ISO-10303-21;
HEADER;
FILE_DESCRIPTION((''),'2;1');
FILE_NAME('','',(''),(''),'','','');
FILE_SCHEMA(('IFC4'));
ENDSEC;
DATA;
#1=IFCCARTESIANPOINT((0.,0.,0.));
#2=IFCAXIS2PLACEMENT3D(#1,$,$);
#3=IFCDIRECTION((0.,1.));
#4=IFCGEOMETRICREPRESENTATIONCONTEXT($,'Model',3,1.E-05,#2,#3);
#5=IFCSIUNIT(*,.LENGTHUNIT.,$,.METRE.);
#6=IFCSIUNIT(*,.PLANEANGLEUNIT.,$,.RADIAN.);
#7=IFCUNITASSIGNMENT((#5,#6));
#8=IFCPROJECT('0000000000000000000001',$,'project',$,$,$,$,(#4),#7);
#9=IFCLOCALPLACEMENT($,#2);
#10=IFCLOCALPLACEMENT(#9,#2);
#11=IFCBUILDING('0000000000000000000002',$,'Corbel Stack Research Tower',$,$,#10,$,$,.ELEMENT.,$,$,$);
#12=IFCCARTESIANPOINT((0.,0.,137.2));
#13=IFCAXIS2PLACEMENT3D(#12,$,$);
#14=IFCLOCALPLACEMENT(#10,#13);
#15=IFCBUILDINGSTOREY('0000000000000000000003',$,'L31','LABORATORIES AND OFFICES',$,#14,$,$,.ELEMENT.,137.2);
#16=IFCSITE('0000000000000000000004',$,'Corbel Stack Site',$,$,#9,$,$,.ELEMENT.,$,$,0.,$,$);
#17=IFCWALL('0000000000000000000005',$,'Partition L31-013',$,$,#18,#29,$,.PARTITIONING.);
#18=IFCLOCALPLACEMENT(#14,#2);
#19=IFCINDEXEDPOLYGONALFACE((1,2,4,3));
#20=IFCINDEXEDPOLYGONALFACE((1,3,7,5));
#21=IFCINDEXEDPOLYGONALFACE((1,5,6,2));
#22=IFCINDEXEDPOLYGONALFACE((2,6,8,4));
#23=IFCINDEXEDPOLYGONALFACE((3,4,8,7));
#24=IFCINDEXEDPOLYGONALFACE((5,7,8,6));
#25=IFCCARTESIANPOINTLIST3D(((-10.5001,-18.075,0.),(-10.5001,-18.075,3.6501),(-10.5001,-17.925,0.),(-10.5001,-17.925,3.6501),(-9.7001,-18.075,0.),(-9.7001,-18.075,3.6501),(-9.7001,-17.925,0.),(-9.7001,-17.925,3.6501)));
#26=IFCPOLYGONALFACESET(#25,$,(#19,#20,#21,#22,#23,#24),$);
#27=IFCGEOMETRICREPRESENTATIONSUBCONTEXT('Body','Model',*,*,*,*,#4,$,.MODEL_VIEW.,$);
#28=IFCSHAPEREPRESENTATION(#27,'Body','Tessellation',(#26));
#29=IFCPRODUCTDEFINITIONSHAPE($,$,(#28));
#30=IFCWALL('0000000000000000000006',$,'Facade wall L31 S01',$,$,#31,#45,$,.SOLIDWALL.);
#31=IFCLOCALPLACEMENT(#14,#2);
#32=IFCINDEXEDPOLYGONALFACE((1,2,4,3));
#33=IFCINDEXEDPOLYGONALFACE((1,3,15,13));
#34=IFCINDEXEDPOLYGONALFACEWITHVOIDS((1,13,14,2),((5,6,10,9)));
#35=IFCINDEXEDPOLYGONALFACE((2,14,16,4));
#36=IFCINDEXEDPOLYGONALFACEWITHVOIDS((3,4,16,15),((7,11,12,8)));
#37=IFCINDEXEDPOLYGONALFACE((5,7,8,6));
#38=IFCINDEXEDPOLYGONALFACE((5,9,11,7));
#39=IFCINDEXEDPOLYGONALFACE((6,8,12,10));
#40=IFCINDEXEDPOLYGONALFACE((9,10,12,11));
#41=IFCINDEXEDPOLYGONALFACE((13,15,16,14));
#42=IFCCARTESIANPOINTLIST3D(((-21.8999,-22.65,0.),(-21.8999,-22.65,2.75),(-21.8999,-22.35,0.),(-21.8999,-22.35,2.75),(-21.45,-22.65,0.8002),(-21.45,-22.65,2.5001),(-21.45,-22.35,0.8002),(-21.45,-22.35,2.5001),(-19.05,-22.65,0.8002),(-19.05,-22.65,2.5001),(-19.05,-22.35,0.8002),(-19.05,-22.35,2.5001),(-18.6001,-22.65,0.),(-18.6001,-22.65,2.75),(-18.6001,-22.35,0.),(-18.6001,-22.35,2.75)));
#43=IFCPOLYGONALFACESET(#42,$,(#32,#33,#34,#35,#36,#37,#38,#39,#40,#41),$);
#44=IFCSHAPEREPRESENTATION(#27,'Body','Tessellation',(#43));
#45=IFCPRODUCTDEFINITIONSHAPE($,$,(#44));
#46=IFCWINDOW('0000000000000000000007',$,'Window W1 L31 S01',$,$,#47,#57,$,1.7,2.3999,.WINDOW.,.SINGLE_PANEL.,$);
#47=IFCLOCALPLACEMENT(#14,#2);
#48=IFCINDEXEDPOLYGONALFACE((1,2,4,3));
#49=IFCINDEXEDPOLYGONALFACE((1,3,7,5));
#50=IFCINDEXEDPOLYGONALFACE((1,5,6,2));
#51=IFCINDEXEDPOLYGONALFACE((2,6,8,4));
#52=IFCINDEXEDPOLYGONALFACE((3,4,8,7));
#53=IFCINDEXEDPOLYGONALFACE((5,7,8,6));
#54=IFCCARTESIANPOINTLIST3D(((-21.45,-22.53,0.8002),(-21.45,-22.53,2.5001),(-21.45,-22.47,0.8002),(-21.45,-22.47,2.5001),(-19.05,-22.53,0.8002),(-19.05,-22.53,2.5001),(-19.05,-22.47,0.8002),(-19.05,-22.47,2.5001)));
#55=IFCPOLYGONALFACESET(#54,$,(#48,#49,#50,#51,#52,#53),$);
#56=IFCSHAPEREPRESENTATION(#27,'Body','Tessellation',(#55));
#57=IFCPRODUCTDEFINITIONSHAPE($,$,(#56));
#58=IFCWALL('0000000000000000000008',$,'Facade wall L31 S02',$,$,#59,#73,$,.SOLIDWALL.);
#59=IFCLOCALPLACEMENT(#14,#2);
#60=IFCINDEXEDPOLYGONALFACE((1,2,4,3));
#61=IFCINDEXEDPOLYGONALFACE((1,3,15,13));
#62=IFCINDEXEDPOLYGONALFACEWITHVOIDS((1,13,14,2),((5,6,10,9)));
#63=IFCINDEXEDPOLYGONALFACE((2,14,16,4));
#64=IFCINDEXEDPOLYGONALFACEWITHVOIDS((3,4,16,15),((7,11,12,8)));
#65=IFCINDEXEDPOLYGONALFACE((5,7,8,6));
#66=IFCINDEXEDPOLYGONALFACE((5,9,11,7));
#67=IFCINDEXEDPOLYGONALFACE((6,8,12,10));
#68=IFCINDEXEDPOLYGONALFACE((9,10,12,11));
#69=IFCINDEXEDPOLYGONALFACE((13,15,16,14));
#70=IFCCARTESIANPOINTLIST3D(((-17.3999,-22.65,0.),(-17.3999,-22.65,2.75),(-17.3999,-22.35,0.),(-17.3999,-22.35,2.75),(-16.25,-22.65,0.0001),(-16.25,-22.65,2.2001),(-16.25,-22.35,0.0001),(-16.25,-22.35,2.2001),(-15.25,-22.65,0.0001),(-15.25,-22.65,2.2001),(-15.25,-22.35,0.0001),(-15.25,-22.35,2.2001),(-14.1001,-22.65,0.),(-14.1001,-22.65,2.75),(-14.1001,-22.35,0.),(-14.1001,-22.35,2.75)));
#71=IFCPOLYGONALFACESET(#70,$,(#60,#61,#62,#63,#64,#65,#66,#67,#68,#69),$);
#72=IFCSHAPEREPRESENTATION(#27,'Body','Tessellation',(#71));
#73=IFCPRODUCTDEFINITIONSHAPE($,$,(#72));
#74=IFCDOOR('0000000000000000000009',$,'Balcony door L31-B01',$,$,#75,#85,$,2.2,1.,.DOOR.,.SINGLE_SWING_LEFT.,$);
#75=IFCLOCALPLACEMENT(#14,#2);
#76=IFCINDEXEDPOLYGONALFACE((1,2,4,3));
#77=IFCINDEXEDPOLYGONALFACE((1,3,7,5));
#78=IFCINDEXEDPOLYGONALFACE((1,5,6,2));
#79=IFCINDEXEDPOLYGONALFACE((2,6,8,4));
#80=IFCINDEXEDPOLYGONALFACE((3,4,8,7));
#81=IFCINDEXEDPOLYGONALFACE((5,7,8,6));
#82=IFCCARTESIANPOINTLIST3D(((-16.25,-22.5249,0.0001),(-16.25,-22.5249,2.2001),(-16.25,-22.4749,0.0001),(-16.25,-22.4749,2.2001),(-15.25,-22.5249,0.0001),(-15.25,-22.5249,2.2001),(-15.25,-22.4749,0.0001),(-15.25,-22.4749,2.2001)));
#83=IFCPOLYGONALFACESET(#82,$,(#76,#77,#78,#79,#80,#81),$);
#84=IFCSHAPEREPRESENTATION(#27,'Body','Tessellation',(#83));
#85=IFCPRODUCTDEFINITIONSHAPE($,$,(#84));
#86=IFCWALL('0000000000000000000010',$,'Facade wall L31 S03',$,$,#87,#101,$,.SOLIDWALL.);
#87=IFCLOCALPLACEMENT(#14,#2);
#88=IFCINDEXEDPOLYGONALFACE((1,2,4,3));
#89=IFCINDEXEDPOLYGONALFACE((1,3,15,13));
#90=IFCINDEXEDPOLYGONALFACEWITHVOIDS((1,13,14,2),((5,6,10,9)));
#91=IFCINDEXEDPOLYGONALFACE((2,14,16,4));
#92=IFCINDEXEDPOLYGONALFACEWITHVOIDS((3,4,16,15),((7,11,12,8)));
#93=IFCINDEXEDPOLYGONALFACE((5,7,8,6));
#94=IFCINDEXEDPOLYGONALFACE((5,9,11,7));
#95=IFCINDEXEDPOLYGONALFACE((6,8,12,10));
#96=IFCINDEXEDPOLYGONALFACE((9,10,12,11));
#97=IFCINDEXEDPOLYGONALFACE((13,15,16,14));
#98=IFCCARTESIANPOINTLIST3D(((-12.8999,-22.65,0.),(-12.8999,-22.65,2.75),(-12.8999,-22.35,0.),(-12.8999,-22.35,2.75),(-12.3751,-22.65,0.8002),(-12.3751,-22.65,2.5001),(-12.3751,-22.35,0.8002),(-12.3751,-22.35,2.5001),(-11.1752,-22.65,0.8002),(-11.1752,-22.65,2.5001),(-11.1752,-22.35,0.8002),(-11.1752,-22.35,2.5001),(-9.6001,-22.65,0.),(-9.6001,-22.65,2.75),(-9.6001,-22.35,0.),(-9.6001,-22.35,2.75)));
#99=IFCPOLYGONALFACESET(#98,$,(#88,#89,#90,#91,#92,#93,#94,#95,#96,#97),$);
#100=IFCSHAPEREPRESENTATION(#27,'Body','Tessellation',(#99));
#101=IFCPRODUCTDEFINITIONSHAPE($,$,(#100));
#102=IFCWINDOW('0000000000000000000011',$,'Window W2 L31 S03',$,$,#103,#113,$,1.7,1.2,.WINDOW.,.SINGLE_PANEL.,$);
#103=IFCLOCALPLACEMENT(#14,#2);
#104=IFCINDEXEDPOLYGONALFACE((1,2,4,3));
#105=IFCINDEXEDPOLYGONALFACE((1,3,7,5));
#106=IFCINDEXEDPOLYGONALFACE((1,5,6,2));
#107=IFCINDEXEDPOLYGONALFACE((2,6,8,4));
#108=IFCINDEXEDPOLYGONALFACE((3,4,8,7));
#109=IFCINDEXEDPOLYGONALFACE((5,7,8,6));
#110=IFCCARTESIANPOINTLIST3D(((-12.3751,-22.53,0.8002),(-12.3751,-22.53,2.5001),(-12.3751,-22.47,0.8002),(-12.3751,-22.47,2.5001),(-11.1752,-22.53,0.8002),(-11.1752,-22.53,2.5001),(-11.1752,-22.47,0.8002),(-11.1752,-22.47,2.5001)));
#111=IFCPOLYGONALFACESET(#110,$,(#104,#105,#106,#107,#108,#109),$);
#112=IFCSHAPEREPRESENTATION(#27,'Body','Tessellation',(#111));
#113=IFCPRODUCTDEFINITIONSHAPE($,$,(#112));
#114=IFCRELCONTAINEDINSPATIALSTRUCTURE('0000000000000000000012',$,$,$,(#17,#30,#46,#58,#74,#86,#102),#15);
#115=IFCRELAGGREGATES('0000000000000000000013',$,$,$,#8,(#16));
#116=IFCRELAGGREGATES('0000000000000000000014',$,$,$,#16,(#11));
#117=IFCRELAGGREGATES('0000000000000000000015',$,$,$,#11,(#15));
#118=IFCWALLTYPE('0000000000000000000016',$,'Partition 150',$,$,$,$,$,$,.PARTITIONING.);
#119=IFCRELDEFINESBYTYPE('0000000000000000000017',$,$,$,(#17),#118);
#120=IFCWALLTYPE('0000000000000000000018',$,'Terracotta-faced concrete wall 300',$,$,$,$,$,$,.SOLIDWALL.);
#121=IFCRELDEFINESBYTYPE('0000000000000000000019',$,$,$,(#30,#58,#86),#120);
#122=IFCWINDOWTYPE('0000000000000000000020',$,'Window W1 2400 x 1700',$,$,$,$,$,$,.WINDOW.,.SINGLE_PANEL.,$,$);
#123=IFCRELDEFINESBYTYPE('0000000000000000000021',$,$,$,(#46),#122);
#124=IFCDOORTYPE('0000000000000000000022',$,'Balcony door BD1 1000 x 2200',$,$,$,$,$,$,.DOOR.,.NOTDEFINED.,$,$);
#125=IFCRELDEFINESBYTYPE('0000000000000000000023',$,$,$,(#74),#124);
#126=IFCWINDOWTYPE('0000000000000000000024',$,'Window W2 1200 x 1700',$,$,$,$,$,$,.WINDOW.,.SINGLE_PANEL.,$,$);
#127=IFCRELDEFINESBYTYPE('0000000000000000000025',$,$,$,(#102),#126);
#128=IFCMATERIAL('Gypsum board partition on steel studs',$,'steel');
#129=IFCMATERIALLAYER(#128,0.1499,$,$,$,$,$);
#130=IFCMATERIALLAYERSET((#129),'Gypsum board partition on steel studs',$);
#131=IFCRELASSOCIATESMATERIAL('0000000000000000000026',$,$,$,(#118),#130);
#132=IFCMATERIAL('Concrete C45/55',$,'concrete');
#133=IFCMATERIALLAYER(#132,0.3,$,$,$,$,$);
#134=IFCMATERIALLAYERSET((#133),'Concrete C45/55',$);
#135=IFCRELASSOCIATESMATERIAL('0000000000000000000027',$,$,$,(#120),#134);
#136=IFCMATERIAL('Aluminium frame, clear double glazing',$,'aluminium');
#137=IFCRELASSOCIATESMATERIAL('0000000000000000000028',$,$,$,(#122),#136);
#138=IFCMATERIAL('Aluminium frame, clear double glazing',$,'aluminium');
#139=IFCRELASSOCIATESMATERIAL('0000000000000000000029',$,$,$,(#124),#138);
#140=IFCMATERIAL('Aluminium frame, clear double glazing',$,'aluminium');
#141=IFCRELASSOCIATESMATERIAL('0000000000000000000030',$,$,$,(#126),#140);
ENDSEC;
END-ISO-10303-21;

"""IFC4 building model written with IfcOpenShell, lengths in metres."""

from ifc_helpers import new_model, si_unit, direction, frame, frame_2d, origin, place, context, subcontext, project, spatial, rectangle, extrude, material, layer, layer_set, type_object, element, fill, save


model = new_model("IFC4")

# Units and contexts
model_context = context("Model", 3, precision=1e-05, world=origin(), true_north=direction((0.0, 1.0)))
body_context = subcontext(model_context, "Body", "Model", "MODEL_VIEW")
ifc_project = project(units=[si_unit("LENGTHUNIT", "METRE"), si_unit("PLANEANGLEUNIT", "RADIAN")], contexts=[model_context])

# Site, building, storey
site_placement = place(None, origin())
site = spatial("IfcSite", under=ifc_project, at=site_placement, Name="Corbel Stack Site", CompositionType="ELEMENT", RefElevation=0.0)
building_placement = place(site_placement, origin())
building = spatial("IfcBuilding", under=site, at=building_placement, Name="Corbel Stack Research Tower", CompositionType="ELEMENT")
storey_placement = place(building_placement, frame((0.0, 0.0, 137.2)))
storey = spatial("IfcBuildingStorey", under=building, at=storey_placement, Name="L31", Description="LABORATORIES AND OFFICES", CompositionType="ELEMENT", Elevation=137.2)

# Wall
ifc_material_1 = material(Name="Gypsum board partition on steel studs", Category="steel")
ifc_layer_1 = layer(ifc_material_1, 0.1499)
ifc_layer_set_1 = layer_set([ifc_layer_1], Name="Gypsum board partition on steel studs")
wall_type_1 = type_object("IfcWallType", Name="Partition 150", PredefinedType="PARTITIONING", material=ifc_layer_set_1)
wall_1_placement = place(storey_placement, frame((-10.5, -18.0, 0.0), z_axis=(0.0, 0.0, 1.0), x_axis=(1.0, 0.0, 0.0)))
element("IfcWall", 1, at=wall_1_placement, inside=storey, type_object=wall_type_1, Name="Partition L31-013", PredefinedType="PARTITIONING", context=body_context, shape_type="SweptSolid", body=[
    extrude(rectangle(XDim=0.8, YDim=0.1499, at=frame_2d((0.3999, 0.0))), origin(), (0.0, 0.0, 1.0), 3.6501),
])

# Wall, opening, window
ifc_material_2 = material(Name="Concrete C45/55", Category="concrete")
ifc_layer_2 = layer(ifc_material_2, 0.3)
ifc_layer_set_2 = layer_set([ifc_layer_2], Name="Concrete C45/55")
wall_type_2 = type_object("IfcWallType", Name="Terracotta-faced concrete wall 300", PredefinedType="SOLIDWALL", material=ifc_layer_set_2)
wall_2_placement = place(storey_placement, frame((-18.6001, -22.5, 0.0), z_axis=(0.0, 0.0, 1.0), x_axis=(-1.0, 0.0, 0.0)))
wall_2 = element("IfcWall", 2, at=wall_2_placement, inside=storey, type_object=wall_type_2, Name="Facade wall L31 S01", PredefinedType="SOLIDWALL", context=body_context, shape_type="SweptSolid", body=[
    extrude(rectangle(XDim=3.2998, YDim=0.3, at=frame_2d((1.6499, 0.0))), origin(), (0.0, 0.0, 1.0), 2.75),
])
opening_1_placement = place(wall_2_placement, frame((0.45, 0.0, 0.8)))
opening_1 = element("IfcOpeningElement", 3, at=opening_1_placement, cuts=wall_2, PredefinedType="OPENING", context=body_context, shape_type="SweptSolid", body=[
    extrude(rectangle(XDim=2.3999, YDim=1.7, at=frame_2d((1.2, 0.8501))), frame((0.0, 0.1599, 0.0), z_axis=(0.0, -1.0, 0.0), x_axis=(1.0, 0.0, 0.0)), (0.0, 0.0, 1.0), 0.3201),
])
ifc_material_3 = material(Name="Aluminium frame, clear double glazing", Category="aluminium")
window_type_1 = type_object("IfcWindowType", Name="Window W1 2400 x 1700", PartitioningType="SINGLE_PANEL", PredefinedType="WINDOW", material=ifc_material_3)
window_1_placement = place(opening_1_placement, origin())
window_1 = element("IfcWindow", 4, at=window_1_placement, inside=storey, type_object=window_type_1, Name="Window W1 L31 S01", OverallHeight=1.7, OverallWidth=2.3999, PartitioningType="SINGLE_PANEL", PredefinedType="WINDOW", context=body_context, shape_type="SweptSolid", body=[
    extrude(rectangle(XDim=2.3999, YDim=1.7, at=frame_2d((1.2, 0.8501))), frame((0.0, 0.03, 0.0), z_axis=(0.0, -1.0, 0.0), x_axis=(1.0, 0.0, 0.0)), (0.0, 0.0, 1.0), 0.0601),
])
fill(opening_1, window_1)

# Wall, opening, door
wall_3_placement = place(storey_placement, frame((-14.1001, -22.5, 0.0), z_axis=(0.0, 0.0, 1.0), x_axis=(-1.0, 0.0, 0.0)))
wall_3 = element("IfcWall", 5, at=wall_3_placement, inside=storey, type_object=wall_type_2, Name="Facade wall L31 S02", PredefinedType="SOLIDWALL", context=body_context, shape_type="SweptSolid", body=[
    extrude(rectangle(XDim=3.2998, YDim=0.3, at=frame_2d((1.6499, 0.0))), origin(), (0.0, 0.0, 1.0), 2.75),
])
opening_2_placement = place(wall_3_placement, frame((1.1499, 0.0, 0.0)))
opening_2 = element("IfcOpeningElement", 6, at=opening_2_placement, cuts=wall_3, PredefinedType="OPENING", context=body_context, shape_type="SweptSolid", body=[
    extrude(rectangle(XDim=1.0, YDim=2.2, at=frame_2d((0.5, 1.1001))), frame((0.0, 0.1599, 0.0), z_axis=(0.0, -1.0, 0.0), x_axis=(1.0, 0.0, 0.0)), (0.0, 0.0, 1.0), 0.3201),
])
ifc_material_4 = material(Name="Aluminium frame, clear double glazing", Category="aluminium")
door_type_1 = type_object("IfcDoorType", Name="Balcony door BD1 1000 x 2200", OperationType="NOTDEFINED", PredefinedType="DOOR", material=ifc_material_4)
door_1_placement = place(opening_2_placement, origin())
door_1 = element("IfcDoor", 7, at=door_1_placement, inside=storey, type_object=door_type_1, Name="Balcony door L31-B01", OperationType="SINGLE_SWING_LEFT", OverallHeight=2.2, OverallWidth=1.0, PredefinedType="DOOR", context=body_context, shape_type="SweptSolid", body=[
    extrude(rectangle(XDim=1.0, YDim=2.2, at=frame_2d((0.5, 1.1001))), frame((0.0, 0.0249, 0.0), z_axis=(0.0, -1.0, 0.0), x_axis=(1.0, 0.0, 0.0)), (0.0, 0.0, 1.0), 0.05),
])
fill(opening_2, door_1)

# Wall, opening, window
wall_4_placement = place(storey_placement, frame((-9.6001, -22.5, 0.0), z_axis=(0.0, 0.0, 1.0), x_axis=(-1.0, 0.0, 0.0)))
wall_4 = element("IfcWall", 8, at=wall_4_placement, inside=storey, type_object=wall_type_2, Name="Facade wall L31 S03", PredefinedType="SOLIDWALL", context=body_context, shape_type="SweptSolid", body=[
    extrude(rectangle(XDim=3.2998, YDim=0.3, at=frame_2d((1.6499, 0.0))), origin(), (0.0, 0.0, 1.0), 2.75),
])
opening_3_placement = place(wall_4_placement, frame((1.575, 0.0, 0.8)))
opening_3 = element("IfcOpeningElement", 9, at=opening_3_placement, cuts=wall_4, PredefinedType="OPENING", context=body_context, shape_type="SweptSolid", body=[
    extrude(rectangle(XDim=1.2, YDim=1.7, at=frame_2d((0.6001, 0.8501))), frame((0.0, 0.1599, 0.0), z_axis=(0.0, -1.0, 0.0), x_axis=(1.0, 0.0, 0.0)), (0.0, 0.0, 1.0), 0.3201),
])
ifc_material_5 = material(Name="Aluminium frame, clear double glazing", Category="aluminium")
window_type_2 = type_object("IfcWindowType", Name="Window W2 1200 x 1700", PartitioningType="SINGLE_PANEL", PredefinedType="WINDOW", material=ifc_material_5)
window_2_placement = place(opening_3_placement, origin())
window_2 = element("IfcWindow", 10, at=window_2_placement, inside=storey, type_object=window_type_2, Name="Window W2 L31 S03", OverallHeight=1.7, OverallWidth=1.2, PartitioningType="SINGLE_PANEL", PredefinedType="WINDOW", context=body_context, shape_type="SweptSolid", body=[
    extrude(rectangle(XDim=1.2, YDim=1.7, at=frame_2d((0.6001, 0.8501))), frame((0.0, 0.03, 0.0), z_axis=(0.0, -1.0, 0.0), x_axis=(1.0, 0.0, 0.0)), (0.0, 0.0, 1.0), 0.0601),
])
fill(opening_3, window_2)

save(model, "model.ifc")
